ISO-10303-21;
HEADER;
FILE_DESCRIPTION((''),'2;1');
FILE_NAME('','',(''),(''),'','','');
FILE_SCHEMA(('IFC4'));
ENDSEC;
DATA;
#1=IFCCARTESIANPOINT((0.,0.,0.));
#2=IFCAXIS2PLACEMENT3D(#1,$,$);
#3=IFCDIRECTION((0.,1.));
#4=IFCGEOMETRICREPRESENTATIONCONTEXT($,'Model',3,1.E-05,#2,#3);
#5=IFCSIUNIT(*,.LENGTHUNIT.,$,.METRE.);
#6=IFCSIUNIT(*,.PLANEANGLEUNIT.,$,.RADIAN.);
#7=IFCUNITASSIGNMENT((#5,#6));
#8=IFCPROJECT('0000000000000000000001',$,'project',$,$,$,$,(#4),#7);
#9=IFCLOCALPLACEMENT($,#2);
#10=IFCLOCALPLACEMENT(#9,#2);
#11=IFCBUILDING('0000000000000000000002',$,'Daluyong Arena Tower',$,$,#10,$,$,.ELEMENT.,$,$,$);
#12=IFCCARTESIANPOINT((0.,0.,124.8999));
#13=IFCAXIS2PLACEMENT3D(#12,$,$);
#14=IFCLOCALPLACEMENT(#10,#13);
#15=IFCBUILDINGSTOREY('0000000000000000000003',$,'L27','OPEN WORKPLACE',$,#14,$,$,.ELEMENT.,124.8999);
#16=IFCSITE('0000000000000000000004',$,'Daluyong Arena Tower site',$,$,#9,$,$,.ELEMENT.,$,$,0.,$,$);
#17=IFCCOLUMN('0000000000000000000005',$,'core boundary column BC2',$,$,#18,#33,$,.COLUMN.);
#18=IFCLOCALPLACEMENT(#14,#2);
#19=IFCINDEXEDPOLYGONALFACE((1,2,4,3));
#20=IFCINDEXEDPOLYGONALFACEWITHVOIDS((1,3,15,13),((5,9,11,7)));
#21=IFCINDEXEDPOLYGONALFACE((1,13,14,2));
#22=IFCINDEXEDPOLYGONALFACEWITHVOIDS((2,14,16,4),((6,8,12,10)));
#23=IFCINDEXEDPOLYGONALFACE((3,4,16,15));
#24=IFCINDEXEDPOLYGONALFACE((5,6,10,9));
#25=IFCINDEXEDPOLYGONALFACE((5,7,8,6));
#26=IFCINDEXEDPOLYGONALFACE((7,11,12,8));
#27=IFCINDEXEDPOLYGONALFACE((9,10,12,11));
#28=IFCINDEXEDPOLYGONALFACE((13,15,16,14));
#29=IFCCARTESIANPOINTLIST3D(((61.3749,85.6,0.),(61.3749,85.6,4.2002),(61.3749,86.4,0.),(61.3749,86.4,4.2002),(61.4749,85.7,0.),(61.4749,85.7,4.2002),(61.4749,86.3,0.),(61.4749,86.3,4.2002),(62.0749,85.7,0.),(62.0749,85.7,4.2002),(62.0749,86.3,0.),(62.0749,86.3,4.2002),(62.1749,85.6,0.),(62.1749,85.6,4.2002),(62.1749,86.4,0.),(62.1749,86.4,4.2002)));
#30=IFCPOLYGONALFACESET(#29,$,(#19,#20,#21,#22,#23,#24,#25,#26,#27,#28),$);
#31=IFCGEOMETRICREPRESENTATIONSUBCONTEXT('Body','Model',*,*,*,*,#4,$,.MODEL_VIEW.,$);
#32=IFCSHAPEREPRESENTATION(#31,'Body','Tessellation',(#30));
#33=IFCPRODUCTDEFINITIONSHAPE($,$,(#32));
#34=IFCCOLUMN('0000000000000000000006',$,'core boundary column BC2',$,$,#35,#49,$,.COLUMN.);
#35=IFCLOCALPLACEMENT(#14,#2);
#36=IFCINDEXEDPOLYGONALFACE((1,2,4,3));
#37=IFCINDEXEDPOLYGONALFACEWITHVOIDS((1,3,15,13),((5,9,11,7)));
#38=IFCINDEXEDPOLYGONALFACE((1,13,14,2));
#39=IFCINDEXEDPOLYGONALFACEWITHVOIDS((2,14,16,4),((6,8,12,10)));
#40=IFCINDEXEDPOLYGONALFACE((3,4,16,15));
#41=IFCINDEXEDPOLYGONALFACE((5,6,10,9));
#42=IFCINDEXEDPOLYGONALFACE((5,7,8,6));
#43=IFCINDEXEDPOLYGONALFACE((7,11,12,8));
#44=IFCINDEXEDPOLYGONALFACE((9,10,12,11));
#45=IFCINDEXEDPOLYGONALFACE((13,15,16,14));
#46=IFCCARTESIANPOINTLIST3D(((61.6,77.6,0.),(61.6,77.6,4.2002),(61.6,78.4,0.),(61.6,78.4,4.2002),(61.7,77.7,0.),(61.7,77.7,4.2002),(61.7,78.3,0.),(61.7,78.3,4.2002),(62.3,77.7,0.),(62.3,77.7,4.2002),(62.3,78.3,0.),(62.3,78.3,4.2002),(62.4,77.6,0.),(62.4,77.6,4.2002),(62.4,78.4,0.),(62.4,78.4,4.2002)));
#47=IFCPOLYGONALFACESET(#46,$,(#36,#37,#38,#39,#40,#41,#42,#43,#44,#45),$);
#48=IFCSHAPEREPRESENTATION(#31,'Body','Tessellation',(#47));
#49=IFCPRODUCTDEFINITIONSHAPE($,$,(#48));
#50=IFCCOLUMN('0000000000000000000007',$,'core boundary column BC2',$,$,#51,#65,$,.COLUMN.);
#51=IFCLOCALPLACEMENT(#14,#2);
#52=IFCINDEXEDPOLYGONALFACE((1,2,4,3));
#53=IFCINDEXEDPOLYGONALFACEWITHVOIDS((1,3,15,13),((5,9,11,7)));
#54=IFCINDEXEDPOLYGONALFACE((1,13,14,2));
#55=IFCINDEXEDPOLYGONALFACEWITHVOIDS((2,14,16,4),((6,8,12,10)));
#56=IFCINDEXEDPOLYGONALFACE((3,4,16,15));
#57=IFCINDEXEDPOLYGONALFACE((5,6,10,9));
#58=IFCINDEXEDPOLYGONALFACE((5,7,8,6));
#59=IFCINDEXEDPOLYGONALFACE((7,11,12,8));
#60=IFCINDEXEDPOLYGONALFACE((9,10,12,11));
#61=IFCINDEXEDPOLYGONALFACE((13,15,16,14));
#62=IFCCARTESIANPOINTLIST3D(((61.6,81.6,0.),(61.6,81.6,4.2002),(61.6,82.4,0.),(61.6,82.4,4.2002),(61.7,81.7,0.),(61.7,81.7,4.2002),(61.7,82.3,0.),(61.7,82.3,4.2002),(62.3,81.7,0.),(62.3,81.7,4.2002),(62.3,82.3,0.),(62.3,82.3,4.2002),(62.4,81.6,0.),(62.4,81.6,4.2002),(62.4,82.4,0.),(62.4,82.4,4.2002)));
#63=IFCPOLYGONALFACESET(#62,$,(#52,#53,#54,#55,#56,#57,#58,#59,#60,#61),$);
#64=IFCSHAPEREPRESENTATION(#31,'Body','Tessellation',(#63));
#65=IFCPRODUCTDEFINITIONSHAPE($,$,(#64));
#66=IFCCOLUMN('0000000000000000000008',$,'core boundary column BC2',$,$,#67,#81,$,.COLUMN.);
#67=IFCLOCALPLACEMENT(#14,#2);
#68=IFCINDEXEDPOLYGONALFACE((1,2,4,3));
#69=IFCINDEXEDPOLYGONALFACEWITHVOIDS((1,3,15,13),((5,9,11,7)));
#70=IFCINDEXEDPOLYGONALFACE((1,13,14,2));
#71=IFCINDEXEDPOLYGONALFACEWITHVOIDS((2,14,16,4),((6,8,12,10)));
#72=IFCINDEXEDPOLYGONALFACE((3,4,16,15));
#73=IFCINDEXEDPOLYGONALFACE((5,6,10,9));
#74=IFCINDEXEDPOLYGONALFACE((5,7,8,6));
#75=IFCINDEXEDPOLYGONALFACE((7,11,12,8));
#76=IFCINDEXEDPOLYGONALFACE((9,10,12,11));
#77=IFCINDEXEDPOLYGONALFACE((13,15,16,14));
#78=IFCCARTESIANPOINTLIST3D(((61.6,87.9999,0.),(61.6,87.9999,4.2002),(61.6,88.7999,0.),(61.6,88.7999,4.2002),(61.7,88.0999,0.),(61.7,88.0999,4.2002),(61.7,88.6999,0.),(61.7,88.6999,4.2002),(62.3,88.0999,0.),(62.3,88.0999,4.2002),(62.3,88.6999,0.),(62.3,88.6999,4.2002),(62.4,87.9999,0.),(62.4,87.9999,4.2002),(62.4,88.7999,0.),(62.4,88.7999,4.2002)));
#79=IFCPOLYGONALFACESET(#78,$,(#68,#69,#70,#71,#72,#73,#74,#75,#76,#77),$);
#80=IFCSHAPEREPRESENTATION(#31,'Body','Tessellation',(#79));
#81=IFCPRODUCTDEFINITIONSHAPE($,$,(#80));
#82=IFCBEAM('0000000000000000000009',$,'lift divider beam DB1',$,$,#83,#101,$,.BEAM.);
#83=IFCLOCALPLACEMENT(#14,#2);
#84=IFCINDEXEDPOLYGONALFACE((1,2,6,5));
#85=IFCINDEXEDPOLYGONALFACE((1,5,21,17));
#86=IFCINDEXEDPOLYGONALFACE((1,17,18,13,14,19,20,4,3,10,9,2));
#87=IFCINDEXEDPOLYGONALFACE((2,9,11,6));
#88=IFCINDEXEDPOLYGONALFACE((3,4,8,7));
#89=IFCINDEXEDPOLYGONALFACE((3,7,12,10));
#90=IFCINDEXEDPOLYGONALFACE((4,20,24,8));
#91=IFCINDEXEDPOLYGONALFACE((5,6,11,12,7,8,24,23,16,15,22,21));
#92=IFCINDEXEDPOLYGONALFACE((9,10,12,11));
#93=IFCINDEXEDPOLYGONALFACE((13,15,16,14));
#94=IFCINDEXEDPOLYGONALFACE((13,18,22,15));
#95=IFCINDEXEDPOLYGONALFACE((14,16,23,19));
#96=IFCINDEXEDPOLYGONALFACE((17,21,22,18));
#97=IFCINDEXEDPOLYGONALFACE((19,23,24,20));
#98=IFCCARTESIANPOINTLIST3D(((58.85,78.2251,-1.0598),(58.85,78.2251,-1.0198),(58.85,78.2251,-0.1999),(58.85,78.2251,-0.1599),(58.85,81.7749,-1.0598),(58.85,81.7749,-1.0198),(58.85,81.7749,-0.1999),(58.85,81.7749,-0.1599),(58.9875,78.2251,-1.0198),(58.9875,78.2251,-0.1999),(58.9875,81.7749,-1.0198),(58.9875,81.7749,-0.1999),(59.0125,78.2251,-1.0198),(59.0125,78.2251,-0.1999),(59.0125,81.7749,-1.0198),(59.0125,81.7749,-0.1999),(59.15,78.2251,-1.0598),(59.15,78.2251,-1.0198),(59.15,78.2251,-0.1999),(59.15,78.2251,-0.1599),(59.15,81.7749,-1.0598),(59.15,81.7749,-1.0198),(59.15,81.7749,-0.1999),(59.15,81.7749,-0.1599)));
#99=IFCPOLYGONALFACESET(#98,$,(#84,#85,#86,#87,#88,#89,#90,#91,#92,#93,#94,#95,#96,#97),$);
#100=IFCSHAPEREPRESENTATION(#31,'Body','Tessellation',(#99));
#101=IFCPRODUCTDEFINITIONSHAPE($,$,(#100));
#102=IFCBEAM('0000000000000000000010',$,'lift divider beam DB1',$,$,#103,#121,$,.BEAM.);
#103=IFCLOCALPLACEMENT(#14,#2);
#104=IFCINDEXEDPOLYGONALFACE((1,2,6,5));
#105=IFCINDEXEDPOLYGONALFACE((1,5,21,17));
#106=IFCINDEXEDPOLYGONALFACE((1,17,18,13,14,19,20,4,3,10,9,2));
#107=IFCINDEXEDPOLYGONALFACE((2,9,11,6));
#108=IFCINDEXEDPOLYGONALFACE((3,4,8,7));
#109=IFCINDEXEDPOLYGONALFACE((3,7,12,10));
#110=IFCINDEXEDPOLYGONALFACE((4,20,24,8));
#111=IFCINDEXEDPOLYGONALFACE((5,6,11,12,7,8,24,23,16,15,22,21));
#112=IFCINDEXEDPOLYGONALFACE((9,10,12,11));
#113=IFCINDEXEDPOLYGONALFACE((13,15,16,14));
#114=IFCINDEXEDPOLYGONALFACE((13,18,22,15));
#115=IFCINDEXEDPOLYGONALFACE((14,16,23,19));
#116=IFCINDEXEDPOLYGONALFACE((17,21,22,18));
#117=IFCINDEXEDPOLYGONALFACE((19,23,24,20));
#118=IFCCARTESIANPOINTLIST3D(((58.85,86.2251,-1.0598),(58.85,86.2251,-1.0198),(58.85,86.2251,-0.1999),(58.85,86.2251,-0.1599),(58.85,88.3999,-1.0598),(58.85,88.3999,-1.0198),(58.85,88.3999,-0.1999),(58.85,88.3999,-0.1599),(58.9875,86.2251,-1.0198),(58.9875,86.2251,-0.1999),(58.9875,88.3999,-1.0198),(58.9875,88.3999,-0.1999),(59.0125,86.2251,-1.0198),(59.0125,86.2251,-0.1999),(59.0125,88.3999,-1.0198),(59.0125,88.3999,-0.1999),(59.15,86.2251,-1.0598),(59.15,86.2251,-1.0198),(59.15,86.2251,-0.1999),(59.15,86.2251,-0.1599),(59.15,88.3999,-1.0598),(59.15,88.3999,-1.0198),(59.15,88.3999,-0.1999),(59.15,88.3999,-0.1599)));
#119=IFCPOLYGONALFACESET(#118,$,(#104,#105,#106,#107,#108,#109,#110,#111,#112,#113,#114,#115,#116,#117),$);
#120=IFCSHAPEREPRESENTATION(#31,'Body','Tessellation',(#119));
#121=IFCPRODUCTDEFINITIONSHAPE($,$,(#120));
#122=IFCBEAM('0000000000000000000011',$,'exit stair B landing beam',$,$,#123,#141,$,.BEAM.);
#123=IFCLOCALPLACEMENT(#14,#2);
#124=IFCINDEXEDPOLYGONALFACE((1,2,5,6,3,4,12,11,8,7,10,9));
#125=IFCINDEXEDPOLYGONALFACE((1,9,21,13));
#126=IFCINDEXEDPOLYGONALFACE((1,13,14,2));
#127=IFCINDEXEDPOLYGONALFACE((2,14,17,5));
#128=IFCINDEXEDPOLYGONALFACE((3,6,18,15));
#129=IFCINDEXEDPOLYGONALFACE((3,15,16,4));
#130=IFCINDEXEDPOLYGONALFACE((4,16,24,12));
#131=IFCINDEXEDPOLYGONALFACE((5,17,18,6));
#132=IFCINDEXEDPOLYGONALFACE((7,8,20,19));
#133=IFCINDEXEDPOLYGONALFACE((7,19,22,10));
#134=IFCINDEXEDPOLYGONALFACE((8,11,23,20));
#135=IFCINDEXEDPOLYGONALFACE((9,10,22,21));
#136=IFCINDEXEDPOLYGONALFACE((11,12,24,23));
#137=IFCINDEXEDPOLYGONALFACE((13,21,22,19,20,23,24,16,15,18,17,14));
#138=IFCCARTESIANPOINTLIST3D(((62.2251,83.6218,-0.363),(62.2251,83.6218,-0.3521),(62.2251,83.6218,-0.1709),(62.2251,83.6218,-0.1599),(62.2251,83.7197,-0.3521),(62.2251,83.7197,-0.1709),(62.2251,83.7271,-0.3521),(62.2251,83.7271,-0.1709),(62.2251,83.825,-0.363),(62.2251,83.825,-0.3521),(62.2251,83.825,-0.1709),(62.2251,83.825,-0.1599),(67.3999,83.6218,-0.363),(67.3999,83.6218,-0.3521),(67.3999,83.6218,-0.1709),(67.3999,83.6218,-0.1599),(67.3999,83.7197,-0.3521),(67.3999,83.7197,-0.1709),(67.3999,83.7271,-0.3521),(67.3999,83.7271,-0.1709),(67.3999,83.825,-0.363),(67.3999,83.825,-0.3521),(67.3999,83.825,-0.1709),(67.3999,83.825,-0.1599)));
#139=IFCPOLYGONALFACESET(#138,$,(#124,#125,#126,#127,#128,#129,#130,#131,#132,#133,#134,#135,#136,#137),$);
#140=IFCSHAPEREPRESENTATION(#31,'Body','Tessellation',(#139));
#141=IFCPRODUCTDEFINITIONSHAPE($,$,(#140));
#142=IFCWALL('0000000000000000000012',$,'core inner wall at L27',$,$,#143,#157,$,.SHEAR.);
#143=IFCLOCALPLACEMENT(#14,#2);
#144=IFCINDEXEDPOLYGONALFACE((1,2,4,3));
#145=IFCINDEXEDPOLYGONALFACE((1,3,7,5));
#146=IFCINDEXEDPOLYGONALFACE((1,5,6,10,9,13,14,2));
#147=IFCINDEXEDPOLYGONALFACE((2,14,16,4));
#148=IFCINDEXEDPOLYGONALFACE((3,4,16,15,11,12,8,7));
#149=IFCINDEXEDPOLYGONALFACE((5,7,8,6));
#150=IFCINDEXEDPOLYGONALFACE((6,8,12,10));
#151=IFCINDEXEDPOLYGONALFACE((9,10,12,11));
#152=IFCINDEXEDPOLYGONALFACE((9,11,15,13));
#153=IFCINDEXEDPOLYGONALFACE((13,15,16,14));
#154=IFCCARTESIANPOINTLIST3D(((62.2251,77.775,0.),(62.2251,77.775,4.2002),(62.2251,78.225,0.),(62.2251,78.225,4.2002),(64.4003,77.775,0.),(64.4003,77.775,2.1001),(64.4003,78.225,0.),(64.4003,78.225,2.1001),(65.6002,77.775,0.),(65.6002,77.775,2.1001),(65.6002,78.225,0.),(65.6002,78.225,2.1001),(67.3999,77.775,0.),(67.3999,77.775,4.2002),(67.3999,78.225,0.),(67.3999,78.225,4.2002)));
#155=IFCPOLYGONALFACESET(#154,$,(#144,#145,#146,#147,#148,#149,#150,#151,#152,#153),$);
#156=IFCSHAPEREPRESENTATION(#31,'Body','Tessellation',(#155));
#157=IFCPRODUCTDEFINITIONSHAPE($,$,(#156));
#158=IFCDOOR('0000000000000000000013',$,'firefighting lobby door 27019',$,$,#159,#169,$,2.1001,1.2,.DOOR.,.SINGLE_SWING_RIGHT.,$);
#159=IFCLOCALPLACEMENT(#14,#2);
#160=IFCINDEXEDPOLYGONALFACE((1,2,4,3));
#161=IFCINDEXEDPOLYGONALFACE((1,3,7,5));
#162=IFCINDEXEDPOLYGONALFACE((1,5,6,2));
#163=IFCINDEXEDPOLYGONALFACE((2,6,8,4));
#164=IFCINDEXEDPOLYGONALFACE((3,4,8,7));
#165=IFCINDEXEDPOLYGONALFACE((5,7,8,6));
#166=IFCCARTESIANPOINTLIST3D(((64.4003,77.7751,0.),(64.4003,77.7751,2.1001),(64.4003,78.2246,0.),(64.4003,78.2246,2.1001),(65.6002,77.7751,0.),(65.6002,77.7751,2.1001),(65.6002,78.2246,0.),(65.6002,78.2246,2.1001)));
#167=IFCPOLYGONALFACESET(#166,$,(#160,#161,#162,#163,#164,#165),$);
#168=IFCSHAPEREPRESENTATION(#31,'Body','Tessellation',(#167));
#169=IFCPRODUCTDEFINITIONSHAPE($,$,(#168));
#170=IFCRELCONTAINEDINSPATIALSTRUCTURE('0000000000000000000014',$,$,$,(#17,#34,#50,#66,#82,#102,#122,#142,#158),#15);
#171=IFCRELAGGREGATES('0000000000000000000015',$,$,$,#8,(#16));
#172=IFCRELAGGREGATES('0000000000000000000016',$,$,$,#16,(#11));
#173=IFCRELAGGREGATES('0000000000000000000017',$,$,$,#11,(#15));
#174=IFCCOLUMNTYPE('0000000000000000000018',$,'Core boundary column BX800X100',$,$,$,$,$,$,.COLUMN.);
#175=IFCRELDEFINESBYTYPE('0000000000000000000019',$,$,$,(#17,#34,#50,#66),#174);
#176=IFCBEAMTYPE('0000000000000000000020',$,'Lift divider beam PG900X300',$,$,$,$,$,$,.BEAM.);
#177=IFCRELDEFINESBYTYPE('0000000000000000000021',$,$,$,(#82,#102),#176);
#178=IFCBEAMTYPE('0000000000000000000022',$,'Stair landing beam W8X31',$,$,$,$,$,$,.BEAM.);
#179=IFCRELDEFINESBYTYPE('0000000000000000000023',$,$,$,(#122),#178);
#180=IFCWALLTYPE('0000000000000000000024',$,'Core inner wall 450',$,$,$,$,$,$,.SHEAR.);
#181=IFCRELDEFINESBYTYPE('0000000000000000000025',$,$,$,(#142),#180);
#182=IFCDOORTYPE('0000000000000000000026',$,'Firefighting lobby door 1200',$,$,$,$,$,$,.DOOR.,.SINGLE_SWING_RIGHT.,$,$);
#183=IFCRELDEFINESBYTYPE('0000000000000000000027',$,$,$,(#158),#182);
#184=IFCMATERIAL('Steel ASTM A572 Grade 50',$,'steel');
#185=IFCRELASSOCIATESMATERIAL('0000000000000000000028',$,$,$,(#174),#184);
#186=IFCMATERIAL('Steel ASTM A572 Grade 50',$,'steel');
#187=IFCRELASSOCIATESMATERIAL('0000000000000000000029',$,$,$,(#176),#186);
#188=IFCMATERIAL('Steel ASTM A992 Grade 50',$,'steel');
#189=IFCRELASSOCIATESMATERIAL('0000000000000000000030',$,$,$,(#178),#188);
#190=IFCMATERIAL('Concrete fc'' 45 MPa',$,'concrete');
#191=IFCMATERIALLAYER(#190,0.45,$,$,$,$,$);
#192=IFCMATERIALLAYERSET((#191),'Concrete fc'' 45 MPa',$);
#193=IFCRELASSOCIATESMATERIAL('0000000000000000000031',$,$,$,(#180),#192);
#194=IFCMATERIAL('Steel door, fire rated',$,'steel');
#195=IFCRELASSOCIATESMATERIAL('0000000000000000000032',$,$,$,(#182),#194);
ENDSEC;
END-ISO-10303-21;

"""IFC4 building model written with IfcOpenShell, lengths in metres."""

from ifc_helpers import new_model, si_unit, direction, frame, frame_2d, origin, origin_2d, place, context, subcontext, project, spatial, rectangle, hollow_rectangle, i_section, extrude, material, layer, layer_set, material_profile, profile_set, type_object, element, fill, save


model = new_model("IFC4")

# Units and contexts
model_context = context("Model", 3, precision=1e-05, world=origin(), true_north=direction((0.0, 1.0)))
body_context = subcontext(model_context, "Body", "Model", "MODEL_VIEW")
ifc_project = project(units=[si_unit("LENGTHUNIT", "METRE"), si_unit("PLANEANGLEUNIT", "RADIAN")], contexts=[model_context])

# Site, building, storey
site_placement = place(None, origin())
site = spatial("IfcSite", under=ifc_project, at=site_placement, Name="Daluyong Arena Tower site", CompositionType="ELEMENT", RefElevation=0.0)
building_placement = place(site_placement, origin())
building = spatial("IfcBuilding", under=site, at=building_placement, Name="Daluyong Arena Tower", CompositionType="ELEMENT")
storey_placement = place(building_placement, frame((0.0, 0.0, 124.8999)))
storey = spatial("IfcBuildingStorey", under=building, at=storey_placement, Name="L27", Description="OPEN WORKPLACE", CompositionType="ELEMENT", Elevation=124.8999)

# Columns
ifc_material_1 = material(Name="Steel ASTM A572 Grade 50", Category="steel")
ifc_material_profile_1 = material_profile(ifc_material_1, hollow_rectangle(XDim=0.8, YDim=0.8, WallThickness=0.1, at=origin_2d()))
ifc_profile_set_1 = profile_set([ifc_material_profile_1], Name="Steel ASTM A572 Grade 50")
column_type = type_object("IfcColumnType", Name="Core boundary column BX800X100", PredefinedType="COLUMN", material=ifc_profile_set_1)
for number, where, z_axis, x_axis, name in (
    (1, (61.7749, 86.0, 0.0), (0.0, 0.0, 1.0), (1.0, 0.0, 0.0), "core boundary column BC2"),
    (2, (62.0, 78.0, 0.0), (0.0, 0.0, 1.0), (1.0, 0.0, 0.0), "core boundary column BC2"),
    (3, (62.0, 82.0, 0.0), (0.0, 0.0, 1.0), (1.0, 0.0, 0.0), "core boundary column BC2"),
    (4, (62.0, 88.3999, 0.0), (0.0, 0.0, 1.0), (1.0, 0.0, 0.0), "core boundary column BC2"),
):
    element("IfcColumn", number, at=place(storey_placement, frame(where, z_axis=z_axis, x_axis=x_axis)), inside=storey, type_object=column_type, Name=name, PredefinedType="COLUMN", context=body_context, shape_type="SweptSolid", body=[
        extrude(hollow_rectangle(XDim=0.8, YDim=0.8, WallThickness=0.1, at=origin_2d()), origin(), (0.0, 0.0, 1.0), 4.2002),
    ])

# Beams
ifc_material_2 = material(Name="Steel ASTM A572 Grade 50", Category="steel")
ifc_material_profile_2 = material_profile(ifc_material_2, i_section(OverallWidth=0.3, OverallDepth=0.8999, WebThickness=0.025, FlangeThickness=0.04, at=origin_2d()))
ifc_profile_set_2 = profile_set([ifc_material_profile_2], Name="Steel ASTM A572 Grade 50")
beam_type_1 = type_object("IfcBeamType", Name="Lift divider beam PG900X300", PredefinedType="BEAM", material=ifc_profile_set_2)
beam_1_placement = place(storey_placement, frame((59.0, 78.2251, -0.6099), z_axis=(0.0, 1.0, 0.0), x_axis=(-1.0, 0.0, 0.0)))
element("IfcBeam", 5, at=beam_1_placement, inside=storey, type_object=beam_type_1, Name="lift divider beam DB1", PredefinedType="BEAM", context=body_context, shape_type="SweptSolid", body=[
    extrude(i_section(OverallWidth=0.3, OverallDepth=0.8999, WebThickness=0.025, FlangeThickness=0.04, at=origin_2d()), origin(), (0.0, 0.0, 1.0), 3.5498),
])
beam_2_placement = place(storey_placement, frame((59.0, 86.2251, -0.6099), z_axis=(0.0, 1.0, 0.0), x_axis=(-1.0, 0.0, 0.0)))
element("IfcBeam", 6, at=beam_2_placement, inside=storey, type_object=beam_type_1, Name="lift divider beam DB1", PredefinedType="BEAM", context=body_context, shape_type="SweptSolid", body=[
    extrude(i_section(OverallWidth=0.3, OverallDepth=0.8999, WebThickness=0.025, FlangeThickness=0.04, at=origin_2d()), origin(), (0.0, 0.0, 1.0), 2.1748),
])
ifc_material_3 = material(Name="Steel ASTM A992 Grade 50", Category="steel")
ifc_material_profile_3 = material_profile(ifc_material_3, i_section(OverallWidth=0.2031, OverallDepth=0.2031, WebThickness=0.0073, FlangeThickness=0.011, at=origin_2d()))
ifc_profile_set_3 = profile_set([ifc_material_profile_3], Name="Steel ASTM A992 Grade 50")
beam_type_2 = type_object("IfcBeamType", Name="Stair landing beam W8X31", PredefinedType="BEAM", material=ifc_profile_set_3)
beam_3_placement = place(storey_placement, frame((62.2251, 83.7234, -0.2615), z_axis=(1.0, 0.0, 0.0), x_axis=(0.0, 1.0, 0.0)))
element("IfcBeam", 7, at=beam_3_placement, inside=storey, type_object=beam_type_2, Name="exit stair B landing beam", PredefinedType="BEAM", context=body_context, shape_type="SweptSolid", body=[
    extrude(i_section(OverallWidth=0.2031, OverallDepth=0.2031, WebThickness=0.0073, FlangeThickness=0.011, at=origin_2d()), origin(), (0.0, 0.0, 1.0), 5.1748),
])

# Wall, opening, door
ifc_material_4 = material(Name="Concrete fc' 45 MPa", Category="concrete")
ifc_layer_1 = layer(ifc_material_4, 0.45)
ifc_layer_set_1 = layer_set([ifc_layer_1], Name="Concrete fc' 45 MPa")
wall_type_1 = type_object("IfcWallType", Name="Core inner wall 450", PredefinedType="SHEAR", material=ifc_layer_set_1)
wall_1_placement = place(storey_placement, frame((62.2251, 78.0, 0.0), z_axis=(0.0, 0.0, 1.0), x_axis=(1.0, 0.0, 0.0)))
wall_1 = element("IfcWall", 8, at=wall_1_placement, inside=storey, type_object=wall_type_1, Name="core inner wall at L27", PredefinedType="SHEAR", context=body_context, shape_type="SweptSolid", body=[
    extrude(rectangle(XDim=5.1748, YDim=0.45, at=frame_2d((2.5874, 0.0))), origin(), (0.0, 0.0, 1.0), 4.2002),
])
opening_1_placement = place(wall_1_placement, frame((2.175, 0.0, 0.0)))
opening_1 = element("IfcOpeningElement", 9, at=opening_1_placement, cuts=wall_1, PredefinedType="OPENING", context=body_context, shape_type="SweptSolid", body=[
    extrude(rectangle(XDim=1.2, YDim=2.1001, at=frame_2d((0.6001, 1.05))), frame((0.0, 0.2349, 0.0), z_axis=(0.0, -1.0, 0.0), x_axis=(1.0, 0.0, 0.0)), (0.0, 0.0, 1.0), 0.47),
])
ifc_material_5 = material(Name="Steel door, fire rated", Category="steel")
door_type_1 = type_object("IfcDoorType", Name="Firefighting lobby door 1200", OperationType="SINGLE_SWING_RIGHT", PredefinedType="DOOR", material=ifc_material_5)
door_1_placement = place(opening_1_placement, origin())
door_1 = element("IfcDoor", 10, at=door_1_placement, inside=storey, type_object=door_type_1, Name="firefighting lobby door 27019", OperationType="SINGLE_SWING_RIGHT", OverallHeight=2.1001, OverallWidth=1.2, PredefinedType="DOOR", context=body_context, shape_type="SweptSolid", body=[
    extrude(rectangle(XDim=1.2, YDim=2.1001, at=frame_2d((0.6001, 1.05))), frame((0.0, 0.2246, 0.0), z_axis=(0.0, -1.0, 0.0), x_axis=(1.0, 0.0, 0.0)), (0.0, 0.0, 1.0), 0.4495),
])
fill(opening_1, door_1)

save(model, "model.ifc")
